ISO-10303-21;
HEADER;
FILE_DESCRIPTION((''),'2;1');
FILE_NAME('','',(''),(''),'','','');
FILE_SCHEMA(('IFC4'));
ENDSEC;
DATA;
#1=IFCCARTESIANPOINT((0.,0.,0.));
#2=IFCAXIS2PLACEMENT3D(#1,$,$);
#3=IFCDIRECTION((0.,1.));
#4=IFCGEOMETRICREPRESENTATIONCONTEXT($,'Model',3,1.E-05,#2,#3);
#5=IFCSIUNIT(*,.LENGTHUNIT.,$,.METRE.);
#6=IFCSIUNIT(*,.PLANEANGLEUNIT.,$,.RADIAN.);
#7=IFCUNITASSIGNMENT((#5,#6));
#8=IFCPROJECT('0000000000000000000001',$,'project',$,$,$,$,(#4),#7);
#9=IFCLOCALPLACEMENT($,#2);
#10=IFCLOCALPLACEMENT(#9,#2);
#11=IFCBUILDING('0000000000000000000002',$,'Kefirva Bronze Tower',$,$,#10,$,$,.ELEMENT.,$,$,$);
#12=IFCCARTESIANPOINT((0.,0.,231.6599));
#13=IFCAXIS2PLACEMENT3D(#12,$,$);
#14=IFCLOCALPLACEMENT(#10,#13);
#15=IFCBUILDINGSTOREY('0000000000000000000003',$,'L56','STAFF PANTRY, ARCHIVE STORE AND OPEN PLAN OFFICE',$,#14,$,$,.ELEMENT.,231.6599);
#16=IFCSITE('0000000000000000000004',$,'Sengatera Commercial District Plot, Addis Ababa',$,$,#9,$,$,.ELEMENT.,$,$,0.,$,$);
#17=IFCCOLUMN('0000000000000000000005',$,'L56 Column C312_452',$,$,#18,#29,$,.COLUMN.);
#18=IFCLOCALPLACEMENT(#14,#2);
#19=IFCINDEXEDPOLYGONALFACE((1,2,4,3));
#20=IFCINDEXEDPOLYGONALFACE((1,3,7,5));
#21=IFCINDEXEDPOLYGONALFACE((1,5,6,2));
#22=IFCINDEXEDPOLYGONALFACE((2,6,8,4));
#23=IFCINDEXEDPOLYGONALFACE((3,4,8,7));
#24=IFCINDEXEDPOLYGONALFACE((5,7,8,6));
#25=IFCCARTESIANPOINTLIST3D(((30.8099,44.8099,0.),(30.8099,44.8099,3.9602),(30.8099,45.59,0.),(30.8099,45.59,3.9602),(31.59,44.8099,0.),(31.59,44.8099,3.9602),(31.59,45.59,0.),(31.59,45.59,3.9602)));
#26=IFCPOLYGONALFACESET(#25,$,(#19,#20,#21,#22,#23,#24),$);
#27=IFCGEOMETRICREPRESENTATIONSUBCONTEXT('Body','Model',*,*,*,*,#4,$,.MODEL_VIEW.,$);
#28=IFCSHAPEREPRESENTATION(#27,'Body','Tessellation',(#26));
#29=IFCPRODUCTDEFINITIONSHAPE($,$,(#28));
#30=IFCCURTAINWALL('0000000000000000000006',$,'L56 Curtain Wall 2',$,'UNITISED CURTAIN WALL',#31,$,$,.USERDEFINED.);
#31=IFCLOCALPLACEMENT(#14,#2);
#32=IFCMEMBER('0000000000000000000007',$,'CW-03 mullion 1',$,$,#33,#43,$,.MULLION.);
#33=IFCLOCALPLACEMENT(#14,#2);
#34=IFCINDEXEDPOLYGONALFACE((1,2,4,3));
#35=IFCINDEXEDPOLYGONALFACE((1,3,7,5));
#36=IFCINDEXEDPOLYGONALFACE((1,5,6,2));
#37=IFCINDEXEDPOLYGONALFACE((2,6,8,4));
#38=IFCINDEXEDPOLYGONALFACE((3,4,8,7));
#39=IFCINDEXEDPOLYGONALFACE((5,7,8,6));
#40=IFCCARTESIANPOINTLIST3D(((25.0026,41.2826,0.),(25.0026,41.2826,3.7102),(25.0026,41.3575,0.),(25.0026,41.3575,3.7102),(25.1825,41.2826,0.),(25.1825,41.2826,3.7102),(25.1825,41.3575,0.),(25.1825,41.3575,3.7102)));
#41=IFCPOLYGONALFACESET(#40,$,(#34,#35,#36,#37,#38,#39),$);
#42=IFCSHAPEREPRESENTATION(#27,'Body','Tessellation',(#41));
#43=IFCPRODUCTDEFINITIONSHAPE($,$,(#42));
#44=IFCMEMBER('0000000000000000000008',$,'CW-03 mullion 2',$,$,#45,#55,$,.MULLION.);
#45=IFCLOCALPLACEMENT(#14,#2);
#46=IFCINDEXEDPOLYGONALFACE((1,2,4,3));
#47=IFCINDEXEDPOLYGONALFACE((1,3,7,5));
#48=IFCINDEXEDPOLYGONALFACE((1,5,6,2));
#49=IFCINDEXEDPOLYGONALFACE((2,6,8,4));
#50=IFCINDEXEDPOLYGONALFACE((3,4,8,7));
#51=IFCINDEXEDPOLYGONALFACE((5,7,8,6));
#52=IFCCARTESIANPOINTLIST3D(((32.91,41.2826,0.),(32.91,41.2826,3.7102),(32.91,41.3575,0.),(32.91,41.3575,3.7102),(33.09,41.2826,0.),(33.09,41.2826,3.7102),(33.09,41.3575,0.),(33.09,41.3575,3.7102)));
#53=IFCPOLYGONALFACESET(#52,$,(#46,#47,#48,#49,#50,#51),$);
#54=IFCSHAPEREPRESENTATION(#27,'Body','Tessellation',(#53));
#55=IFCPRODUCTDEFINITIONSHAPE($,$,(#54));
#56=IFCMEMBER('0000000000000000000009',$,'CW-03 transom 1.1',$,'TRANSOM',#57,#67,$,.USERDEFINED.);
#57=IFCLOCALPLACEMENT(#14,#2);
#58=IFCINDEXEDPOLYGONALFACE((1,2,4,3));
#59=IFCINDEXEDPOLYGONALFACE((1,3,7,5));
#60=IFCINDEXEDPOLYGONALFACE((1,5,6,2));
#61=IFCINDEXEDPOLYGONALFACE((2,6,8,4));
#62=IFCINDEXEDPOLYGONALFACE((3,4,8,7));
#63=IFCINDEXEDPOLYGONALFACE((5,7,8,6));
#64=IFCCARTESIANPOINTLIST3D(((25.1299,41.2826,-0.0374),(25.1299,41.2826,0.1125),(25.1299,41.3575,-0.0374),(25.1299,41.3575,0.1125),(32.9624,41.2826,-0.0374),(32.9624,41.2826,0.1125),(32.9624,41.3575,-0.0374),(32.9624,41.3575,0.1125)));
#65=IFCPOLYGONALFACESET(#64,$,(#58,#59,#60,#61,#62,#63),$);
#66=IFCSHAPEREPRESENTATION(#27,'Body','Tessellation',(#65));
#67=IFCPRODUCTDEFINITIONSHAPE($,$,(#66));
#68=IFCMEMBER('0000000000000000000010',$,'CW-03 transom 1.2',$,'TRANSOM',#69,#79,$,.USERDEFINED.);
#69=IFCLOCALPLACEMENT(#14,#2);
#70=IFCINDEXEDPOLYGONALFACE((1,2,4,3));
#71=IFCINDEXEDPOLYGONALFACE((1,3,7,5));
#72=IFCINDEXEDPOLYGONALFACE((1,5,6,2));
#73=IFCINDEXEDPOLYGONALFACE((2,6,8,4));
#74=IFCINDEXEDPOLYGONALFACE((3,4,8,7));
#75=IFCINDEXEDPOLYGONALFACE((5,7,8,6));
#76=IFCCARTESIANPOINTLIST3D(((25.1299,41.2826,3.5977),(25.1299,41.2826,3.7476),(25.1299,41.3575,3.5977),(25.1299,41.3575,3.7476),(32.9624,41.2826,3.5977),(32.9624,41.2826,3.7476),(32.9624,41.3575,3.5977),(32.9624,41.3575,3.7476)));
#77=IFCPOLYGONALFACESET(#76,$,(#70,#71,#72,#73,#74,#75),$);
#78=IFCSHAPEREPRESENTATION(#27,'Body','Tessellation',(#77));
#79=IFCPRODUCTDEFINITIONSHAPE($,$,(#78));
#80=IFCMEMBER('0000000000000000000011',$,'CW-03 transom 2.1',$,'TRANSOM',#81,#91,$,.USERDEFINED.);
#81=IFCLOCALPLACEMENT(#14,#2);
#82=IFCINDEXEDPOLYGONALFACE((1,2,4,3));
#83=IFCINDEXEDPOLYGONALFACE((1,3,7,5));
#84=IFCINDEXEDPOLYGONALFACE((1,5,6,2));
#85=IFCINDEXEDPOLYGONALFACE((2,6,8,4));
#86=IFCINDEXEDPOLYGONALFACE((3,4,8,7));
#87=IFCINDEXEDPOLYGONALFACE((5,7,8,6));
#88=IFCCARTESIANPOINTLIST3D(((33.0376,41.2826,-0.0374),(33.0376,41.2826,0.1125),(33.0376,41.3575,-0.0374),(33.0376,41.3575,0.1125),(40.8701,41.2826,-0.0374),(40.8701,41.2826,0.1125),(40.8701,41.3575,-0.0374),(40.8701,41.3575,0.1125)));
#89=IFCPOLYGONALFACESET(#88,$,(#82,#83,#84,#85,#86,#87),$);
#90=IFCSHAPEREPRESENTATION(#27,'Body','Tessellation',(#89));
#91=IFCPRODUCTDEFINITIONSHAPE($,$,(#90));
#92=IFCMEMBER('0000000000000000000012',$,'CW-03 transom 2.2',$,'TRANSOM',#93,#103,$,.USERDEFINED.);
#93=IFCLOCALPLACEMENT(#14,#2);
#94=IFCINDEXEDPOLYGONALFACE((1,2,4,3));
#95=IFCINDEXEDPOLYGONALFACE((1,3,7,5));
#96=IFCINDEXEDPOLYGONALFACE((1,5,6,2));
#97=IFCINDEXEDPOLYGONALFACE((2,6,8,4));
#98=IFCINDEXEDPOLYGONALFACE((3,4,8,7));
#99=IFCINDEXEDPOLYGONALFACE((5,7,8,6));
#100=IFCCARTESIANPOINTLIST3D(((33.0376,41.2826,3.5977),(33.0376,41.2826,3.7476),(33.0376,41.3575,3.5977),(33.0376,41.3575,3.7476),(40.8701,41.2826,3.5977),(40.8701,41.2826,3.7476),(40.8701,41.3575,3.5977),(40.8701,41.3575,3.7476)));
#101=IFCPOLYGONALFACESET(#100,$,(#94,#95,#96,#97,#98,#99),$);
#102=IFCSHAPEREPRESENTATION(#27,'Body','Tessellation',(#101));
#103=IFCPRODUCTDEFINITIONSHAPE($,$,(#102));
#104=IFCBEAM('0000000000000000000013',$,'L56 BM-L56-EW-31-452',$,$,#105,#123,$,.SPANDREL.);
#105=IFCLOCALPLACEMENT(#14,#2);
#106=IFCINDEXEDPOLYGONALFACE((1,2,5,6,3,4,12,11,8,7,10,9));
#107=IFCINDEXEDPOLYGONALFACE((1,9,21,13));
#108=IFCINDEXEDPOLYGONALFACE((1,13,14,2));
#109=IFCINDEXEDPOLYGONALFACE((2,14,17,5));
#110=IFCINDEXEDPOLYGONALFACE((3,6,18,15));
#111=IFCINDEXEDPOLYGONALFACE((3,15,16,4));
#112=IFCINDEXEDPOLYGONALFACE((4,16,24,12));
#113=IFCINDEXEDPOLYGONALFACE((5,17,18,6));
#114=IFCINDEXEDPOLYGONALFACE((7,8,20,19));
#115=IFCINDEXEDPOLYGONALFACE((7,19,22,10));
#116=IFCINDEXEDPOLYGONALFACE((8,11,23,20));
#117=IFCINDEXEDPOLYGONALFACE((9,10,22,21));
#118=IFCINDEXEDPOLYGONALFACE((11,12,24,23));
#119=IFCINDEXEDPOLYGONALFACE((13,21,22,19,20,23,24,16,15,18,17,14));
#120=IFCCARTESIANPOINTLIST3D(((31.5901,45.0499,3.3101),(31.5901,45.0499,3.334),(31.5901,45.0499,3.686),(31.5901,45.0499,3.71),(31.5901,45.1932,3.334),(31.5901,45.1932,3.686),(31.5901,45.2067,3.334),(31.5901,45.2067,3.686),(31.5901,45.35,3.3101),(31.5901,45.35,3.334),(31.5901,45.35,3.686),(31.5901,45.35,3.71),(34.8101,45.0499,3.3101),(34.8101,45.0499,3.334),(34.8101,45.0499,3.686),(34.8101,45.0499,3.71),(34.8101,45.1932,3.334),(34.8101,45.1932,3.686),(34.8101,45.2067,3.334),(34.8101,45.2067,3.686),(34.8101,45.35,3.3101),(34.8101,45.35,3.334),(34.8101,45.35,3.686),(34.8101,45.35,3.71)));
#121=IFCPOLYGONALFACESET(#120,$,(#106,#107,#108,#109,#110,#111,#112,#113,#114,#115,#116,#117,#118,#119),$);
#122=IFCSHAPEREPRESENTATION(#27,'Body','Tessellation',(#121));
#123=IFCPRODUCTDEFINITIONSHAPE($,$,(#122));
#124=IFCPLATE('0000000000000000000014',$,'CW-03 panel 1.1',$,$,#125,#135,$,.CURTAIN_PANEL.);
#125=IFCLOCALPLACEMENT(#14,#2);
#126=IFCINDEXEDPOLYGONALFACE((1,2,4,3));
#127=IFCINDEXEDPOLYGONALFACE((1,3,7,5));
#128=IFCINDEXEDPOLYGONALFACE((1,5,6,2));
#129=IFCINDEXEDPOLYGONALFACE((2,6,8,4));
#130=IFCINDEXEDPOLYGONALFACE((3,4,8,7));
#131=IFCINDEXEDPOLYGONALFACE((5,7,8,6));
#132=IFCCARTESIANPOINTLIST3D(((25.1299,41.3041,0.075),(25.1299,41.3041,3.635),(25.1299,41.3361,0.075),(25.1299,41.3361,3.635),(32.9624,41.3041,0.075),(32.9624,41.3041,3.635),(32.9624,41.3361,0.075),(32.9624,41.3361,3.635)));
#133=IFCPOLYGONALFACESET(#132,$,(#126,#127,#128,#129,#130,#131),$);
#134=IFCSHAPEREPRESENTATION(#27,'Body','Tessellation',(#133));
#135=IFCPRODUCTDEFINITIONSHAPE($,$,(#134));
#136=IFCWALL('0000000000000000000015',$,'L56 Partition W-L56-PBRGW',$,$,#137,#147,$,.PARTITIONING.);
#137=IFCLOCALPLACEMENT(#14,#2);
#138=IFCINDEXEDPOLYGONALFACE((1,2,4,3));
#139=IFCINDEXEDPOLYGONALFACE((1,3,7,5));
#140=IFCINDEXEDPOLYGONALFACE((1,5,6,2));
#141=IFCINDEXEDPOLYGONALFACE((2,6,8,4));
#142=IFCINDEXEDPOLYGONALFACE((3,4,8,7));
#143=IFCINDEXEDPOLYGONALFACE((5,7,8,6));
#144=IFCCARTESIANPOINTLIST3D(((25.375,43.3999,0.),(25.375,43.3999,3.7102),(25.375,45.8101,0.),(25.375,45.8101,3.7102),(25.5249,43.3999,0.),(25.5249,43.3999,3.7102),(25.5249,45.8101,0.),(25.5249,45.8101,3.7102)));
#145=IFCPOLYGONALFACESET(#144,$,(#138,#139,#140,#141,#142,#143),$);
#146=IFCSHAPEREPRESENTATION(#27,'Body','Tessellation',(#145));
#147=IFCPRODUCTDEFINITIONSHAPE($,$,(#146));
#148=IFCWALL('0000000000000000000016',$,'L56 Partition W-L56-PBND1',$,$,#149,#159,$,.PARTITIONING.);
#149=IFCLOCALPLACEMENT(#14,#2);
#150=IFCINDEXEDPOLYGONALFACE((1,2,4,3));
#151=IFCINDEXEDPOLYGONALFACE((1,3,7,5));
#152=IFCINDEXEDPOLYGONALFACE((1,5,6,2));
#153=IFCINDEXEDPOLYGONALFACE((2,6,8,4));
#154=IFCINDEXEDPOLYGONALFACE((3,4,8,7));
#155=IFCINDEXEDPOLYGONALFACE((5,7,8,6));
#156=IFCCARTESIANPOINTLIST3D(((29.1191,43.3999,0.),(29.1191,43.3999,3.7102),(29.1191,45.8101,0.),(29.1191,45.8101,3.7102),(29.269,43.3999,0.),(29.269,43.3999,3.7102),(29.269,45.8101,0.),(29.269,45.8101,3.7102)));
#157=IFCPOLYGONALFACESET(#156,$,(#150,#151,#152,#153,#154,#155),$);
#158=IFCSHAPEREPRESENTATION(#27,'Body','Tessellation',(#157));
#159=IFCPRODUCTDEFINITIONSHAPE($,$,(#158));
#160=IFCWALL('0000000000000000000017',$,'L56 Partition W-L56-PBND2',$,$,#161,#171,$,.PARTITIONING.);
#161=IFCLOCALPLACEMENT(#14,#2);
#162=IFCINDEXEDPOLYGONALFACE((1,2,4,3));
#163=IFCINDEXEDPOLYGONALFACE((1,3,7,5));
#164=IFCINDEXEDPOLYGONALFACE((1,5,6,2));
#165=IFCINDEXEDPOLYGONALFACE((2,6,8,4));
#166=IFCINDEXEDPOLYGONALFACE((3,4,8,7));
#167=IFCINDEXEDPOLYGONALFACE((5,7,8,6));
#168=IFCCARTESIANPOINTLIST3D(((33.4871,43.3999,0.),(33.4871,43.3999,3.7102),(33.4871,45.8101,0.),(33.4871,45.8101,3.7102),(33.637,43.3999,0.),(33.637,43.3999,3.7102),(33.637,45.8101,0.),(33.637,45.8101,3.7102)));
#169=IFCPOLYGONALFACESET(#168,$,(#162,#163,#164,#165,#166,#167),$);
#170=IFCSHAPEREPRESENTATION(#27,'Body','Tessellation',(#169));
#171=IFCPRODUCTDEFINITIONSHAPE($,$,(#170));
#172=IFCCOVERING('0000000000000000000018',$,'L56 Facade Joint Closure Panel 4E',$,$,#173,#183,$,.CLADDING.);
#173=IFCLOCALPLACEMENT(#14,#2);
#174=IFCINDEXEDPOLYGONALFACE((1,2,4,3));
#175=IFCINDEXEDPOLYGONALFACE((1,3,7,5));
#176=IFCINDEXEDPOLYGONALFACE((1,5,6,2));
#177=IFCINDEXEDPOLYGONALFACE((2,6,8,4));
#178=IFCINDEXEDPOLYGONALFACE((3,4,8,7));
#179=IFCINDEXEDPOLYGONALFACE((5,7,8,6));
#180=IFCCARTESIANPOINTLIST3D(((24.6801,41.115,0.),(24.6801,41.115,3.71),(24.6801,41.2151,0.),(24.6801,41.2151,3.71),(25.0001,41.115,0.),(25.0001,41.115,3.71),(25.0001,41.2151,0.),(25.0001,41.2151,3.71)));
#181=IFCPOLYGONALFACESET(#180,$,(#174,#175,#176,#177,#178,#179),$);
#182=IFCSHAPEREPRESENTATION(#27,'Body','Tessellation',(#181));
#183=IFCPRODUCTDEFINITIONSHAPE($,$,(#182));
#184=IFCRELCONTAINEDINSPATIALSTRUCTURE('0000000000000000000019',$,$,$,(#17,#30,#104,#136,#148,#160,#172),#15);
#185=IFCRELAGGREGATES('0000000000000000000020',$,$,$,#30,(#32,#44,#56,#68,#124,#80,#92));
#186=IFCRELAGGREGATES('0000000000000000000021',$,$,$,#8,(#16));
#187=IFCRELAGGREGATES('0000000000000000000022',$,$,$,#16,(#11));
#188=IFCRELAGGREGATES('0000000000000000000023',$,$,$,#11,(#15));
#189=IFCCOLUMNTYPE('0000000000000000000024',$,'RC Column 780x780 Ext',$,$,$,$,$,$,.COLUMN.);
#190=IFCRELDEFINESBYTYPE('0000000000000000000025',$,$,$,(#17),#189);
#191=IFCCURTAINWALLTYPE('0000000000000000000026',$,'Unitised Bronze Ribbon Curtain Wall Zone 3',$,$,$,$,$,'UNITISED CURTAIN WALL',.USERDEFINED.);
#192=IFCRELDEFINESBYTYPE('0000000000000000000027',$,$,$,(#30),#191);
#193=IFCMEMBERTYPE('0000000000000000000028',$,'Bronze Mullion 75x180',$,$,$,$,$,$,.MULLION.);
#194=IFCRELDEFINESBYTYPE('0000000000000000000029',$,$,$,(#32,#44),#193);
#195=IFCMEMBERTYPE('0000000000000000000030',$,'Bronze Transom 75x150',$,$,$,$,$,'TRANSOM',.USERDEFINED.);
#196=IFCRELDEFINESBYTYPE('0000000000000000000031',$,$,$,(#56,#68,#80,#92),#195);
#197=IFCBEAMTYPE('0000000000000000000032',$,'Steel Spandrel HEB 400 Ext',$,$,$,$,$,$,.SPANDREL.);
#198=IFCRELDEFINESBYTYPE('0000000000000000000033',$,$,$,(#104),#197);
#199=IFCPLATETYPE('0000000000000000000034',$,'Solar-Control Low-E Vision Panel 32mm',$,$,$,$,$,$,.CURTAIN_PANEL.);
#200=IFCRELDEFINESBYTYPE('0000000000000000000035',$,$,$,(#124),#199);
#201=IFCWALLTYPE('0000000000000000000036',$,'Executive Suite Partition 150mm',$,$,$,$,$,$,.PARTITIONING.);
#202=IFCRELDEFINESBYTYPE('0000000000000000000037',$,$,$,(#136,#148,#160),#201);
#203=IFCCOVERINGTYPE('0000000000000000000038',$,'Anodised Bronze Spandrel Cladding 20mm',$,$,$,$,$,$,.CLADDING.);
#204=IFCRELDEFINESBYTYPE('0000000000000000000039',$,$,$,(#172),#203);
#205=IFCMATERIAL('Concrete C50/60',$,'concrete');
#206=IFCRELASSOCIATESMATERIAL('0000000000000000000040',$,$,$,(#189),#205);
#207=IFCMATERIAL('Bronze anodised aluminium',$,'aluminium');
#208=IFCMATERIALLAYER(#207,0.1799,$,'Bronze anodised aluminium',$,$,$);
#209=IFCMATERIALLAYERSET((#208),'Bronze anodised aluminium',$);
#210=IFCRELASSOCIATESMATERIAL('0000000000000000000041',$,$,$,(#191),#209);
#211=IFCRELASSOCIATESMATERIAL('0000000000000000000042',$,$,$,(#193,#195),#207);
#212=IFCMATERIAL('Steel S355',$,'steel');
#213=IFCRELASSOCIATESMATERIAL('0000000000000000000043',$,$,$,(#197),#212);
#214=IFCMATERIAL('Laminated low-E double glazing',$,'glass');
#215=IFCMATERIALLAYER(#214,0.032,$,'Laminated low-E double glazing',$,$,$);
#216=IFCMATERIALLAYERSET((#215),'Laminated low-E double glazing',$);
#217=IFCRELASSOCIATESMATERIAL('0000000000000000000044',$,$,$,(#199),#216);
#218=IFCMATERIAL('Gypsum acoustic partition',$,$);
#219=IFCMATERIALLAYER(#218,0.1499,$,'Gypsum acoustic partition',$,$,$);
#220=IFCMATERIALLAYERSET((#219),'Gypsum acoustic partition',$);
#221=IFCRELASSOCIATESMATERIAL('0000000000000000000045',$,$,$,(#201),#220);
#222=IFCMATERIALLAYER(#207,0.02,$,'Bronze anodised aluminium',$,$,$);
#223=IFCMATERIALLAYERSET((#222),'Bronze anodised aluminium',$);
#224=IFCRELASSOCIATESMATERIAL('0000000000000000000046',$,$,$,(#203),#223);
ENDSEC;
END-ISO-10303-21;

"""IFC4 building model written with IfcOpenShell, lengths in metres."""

from ifc_helpers import new_model, si_unit, direction, frame, frame_2d, origin, origin_2d, place, context, subcontext, project, spatial, rectangle, i_section, extrude, material, layer, layer_set, material_profile, profile_set, type_object, element, aggregate, save


model = new_model("IFC4")

# Units and contexts
model_context = context("Model", 3, precision=1e-05, world=origin(), true_north=direction((0.0, 1.0)))
body_context = subcontext(model_context, "Body", "Model", "MODEL_VIEW")
ifc_project = project(units=[si_unit("LENGTHUNIT", "METRE"), si_unit("PLANEANGLEUNIT", "RADIAN")], contexts=[model_context])

# Site, building, storey
site_placement = place(None, origin())
site = spatial("IfcSite", under=ifc_project, at=site_placement, Name="Sengatera Commercial District Plot, Addis Ababa", CompositionType="ELEMENT", RefElevation=0.0)
building_placement = place(site_placement, origin())
building = spatial("IfcBuilding", under=site, at=building_placement, Name="Kefirva Bronze Tower", CompositionType="ELEMENT")
storey_placement = place(building_placement, frame((0.0, 0.0, 231.6599)))
storey = spatial("IfcBuildingStorey", under=building, at=storey_placement, Name="L56", Description="STAFF PANTRY, ARCHIVE STORE AND OPEN PLAN OFFICE", CompositionType="ELEMENT", Elevation=231.6599)

# Column
ifc_material_1 = material(Name="Concrete C50/60", Category="concrete")
ifc_material_profile_1 = material_profile(ifc_material_1, rectangle(XDim=0.78, YDim=0.78, at=origin_2d()), Name="RC 780x780")
ifc_profile_set_1 = profile_set([ifc_material_profile_1], Name="Concrete C50/60")
column_type = type_object("IfcColumnType", Name="RC Column 780x780 Ext", PredefinedType="COLUMN", material=ifc_profile_set_1)
column_placement = place(storey_placement, frame((31.2, 45.2, 0.0), z_axis=(0.0, 0.0, 1.0), x_axis=(1.0, 0.0, 0.0)))
element("IfcColumn", 1, at=column_placement, inside=storey, type_object=column_type, Name="L56 Column C312_452", PredefinedType="COLUMN", context=body_context, shape_type="SweptSolid", body=[
    extrude(rectangle(XDim=0.78, YDim=0.78, at=origin_2d()), origin(), (0.0, 0.0, 1.0), 3.9602),
])

# Curtain wall, members
ifc_material_2 = material(Name="Bronze anodised aluminium", Category="aluminium")
ifc_layer_1 = layer(ifc_material_2, 0.1799, Name="Bronze anodised aluminium")
ifc_layer_set_1 = layer_set([ifc_layer_1], Name="Bronze anodised aluminium")
curtain_wall_type = type_object("IfcCurtainWallType", Name="Unitised Bronze Ribbon Curtain Wall Zone 3", ElementType="UNITISED CURTAIN WALL", PredefinedType="USERDEFINED", material=ifc_layer_set_1)
curtain_wall_placement = place(storey_placement, origin())
curtain_wall = element("IfcCurtainWall", 2, at=curtain_wall_placement, inside=storey, type_object=curtain_wall_type, Name="L56 Curtain Wall 2", ObjectType="UNITISED CURTAIN WALL", PredefinedType="USERDEFINED")
ifc_material_profile_2 = material_profile(ifc_material_2, rectangle(XDim=0.075, YDim=0.1799, at=origin_2d()), Name="ALU 75x180")
ifc_profile_set_2 = profile_set([ifc_material_profile_2], Name="Bronze anodised aluminium")
member_type_1 = type_object("IfcMemberType", Name="Bronze Mullion 75x180", PredefinedType="MULLION", material=ifc_profile_set_2)
member_1_placement = place(storey_placement, frame((25.0925, 41.3201, 0.0), z_axis=(0.0, 0.0, 1.0), x_axis=(0.0, 1.0, 0.0)))
member_1 = element("IfcMember", 3, at=member_1_placement, type_object=member_type_1, Name="CW-03 mullion 1", PredefinedType="MULLION", context=body_context, shape_type="SweptSolid", body=[
    extrude(rectangle(XDim=0.075, YDim=0.1799, at=origin_2d()), origin(), (0.0, 0.0, 1.0), 3.7102),
])
member_2_placement = place(storey_placement, frame((33.0, 41.3201, 0.0), z_axis=(0.0, 0.0, 1.0), x_axis=(0.0, 1.0, 0.0)))
member_2 = element("IfcMember", 4, at=member_2_placement, type_object=member_type_1, Name="CW-03 mullion 2", PredefinedType="MULLION", context=body_context, shape_type="SweptSolid", body=[
    extrude(rectangle(XDim=0.075, YDim=0.1799, at=origin_2d()), origin(), (0.0, 0.0, 1.0), 3.7102),
])
ifc_material_profile_3 = material_profile(ifc_material_2, rectangle(XDim=0.075, YDim=0.1499, at=origin_2d()), Name="ALU 75x150")
ifc_profile_set_3 = profile_set([ifc_material_profile_3], Name="Bronze anodised aluminium")
member_type_2 = type_object("IfcMemberType", Name="Bronze Transom 75x150", ElementType="TRANSOM", PredefinedType="USERDEFINED", material=ifc_profile_set_3)
member_3_placement = place(storey_placement, frame((25.1299, 41.3201, 0.0376), z_axis=(1.0, 0.0, 0.0), x_axis=(0.0, 1.0, 0.0)))
member_3 = element("IfcMember", 5, at=member_3_placement, type_object=member_type_2, Name="CW-03 transom 1.1", ObjectType="TRANSOM", PredefinedType="USERDEFINED", context=body_context, shape_type="SweptSolid", body=[
    extrude(rectangle(XDim=0.075, YDim=0.1499, at=origin_2d()), origin(), (0.0, 0.0, 1.0), 7.8325),
])
member_4_placement = place(storey_placement, frame((25.1299, 41.3201, 3.6726), z_axis=(1.0, 0.0, 0.0), x_axis=(0.0, 1.0, 0.0)))
member_4 = element("IfcMember", 6, at=member_4_placement, type_object=member_type_2, Name="CW-03 transom 1.2", ObjectType="TRANSOM", PredefinedType="USERDEFINED", context=body_context, shape_type="SweptSolid", body=[
    extrude(rectangle(XDim=0.075, YDim=0.1499, at=origin_2d()), origin(), (0.0, 0.0, 1.0), 7.8325),
])
member_5_placement = place(storey_placement, frame((33.0376, 41.3201, 0.0376), z_axis=(1.0, 0.0, 0.0), x_axis=(0.0, 1.0, 0.0)))
member_5 = element("IfcMember", 7, at=member_5_placement, type_object=member_type_2, Name="CW-03 transom 2.1", ObjectType="TRANSOM", PredefinedType="USERDEFINED", context=body_context, shape_type="SweptSolid", body=[
    extrude(rectangle(XDim=0.075, YDim=0.1499, at=origin_2d()), origin(), (0.0, 0.0, 1.0), 7.8325),
])
member_6_placement = place(storey_placement, frame((33.0376, 41.3201, 3.6726), z_axis=(1.0, 0.0, 0.0), x_axis=(0.0, 1.0, 0.0)))
member_6 = element("IfcMember", 8, at=member_6_placement, type_object=member_type_2, Name="CW-03 transom 2.2", ObjectType="TRANSOM", PredefinedType="USERDEFINED", context=body_context, shape_type="SweptSolid", body=[
    extrude(rectangle(XDim=0.075, YDim=0.1499, at=origin_2d()), origin(), (0.0, 0.0, 1.0), 7.8325),
])

# Beam
ifc_material_3 = material(Name="Steel S355", Category="steel")
ifc_material_profile_4 = material_profile(ifc_material_3, i_section(OverallWidth=0.3, OverallDepth=0.3999, WebThickness=0.0134, FlangeThickness=0.0239, at=origin_2d()), Name="HEB 400")
ifc_profile_set_4 = profile_set([ifc_material_profile_4], Name="Steel S355")
beam_type = type_object("IfcBeamType", Name="Steel Spandrel HEB 400 Ext", PredefinedType="SPANDREL", material=ifc_profile_set_4)
beam_placement = place(storey_placement, frame((31.5901, 45.2, 3.51), z_axis=(1.0, 0.0, 0.0), x_axis=(0.0, 1.0, 0.0)))
element("IfcBeam", 9, at=beam_placement, inside=storey, type_object=beam_type, Name="L56 BM-L56-EW-31-452", PredefinedType="SPANDREL", context=body_context, shape_type="SweptSolid", body=[
    extrude(i_section(OverallWidth=0.3, OverallDepth=0.3999, WebThickness=0.0134, FlangeThickness=0.0239, at=origin_2d()), origin(), (0.0, 0.0, 1.0), 3.22),
])

# Plate
ifc_material_4 = material(Name="Laminated low-E double glazing", Category="glass")
ifc_layer_2 = layer(ifc_material_4, 0.032, Name="Laminated low-E double glazing")
ifc_layer_set_2 = layer_set([ifc_layer_2], Name="Laminated low-E double glazing")
plate_type = type_object("IfcPlateType", Name="Solar-Control Low-E Vision Panel 32mm", PredefinedType="CURTAIN_PANEL", material=ifc_layer_set_2)
plate_placement = place(storey_placement, frame((29.0461, 41.3201, 0.075), z_axis=(0.0, 0.0, 1.0), x_axis=(1.0, 0.0, 0.0)))
plate = element("IfcPlate", 10, at=plate_placement, type_object=plate_type, Name="CW-03 panel 1.1", PredefinedType="CURTAIN_PANEL", context=body_context, shape_type="SweptSolid", body=[
    extrude(rectangle(XDim=7.8325, YDim=0.032, at=origin_2d()), origin(), (0.0, 0.0, 1.0), 3.5601),
])
aggregate(curtain_wall, [member_1, member_2, member_3, member_4, plate, member_5, member_6])

# Shared definitions
ifc_material_5 = material(Name="Gypsum acoustic partition")
ifc_layer_3 = layer(ifc_material_5, 0.1499, Name="Gypsum acoustic partition")
ifc_layer_set_3 = layer_set([ifc_layer_3], Name="Gypsum acoustic partition")
wall_type = type_object("IfcWallType", Name="Executive Suite Partition 150mm", PredefinedType="PARTITIONING", material=ifc_layer_set_3)

# Walls
for number, where, z_axis, x_axis, name in (
    (11, (25.45, 43.3999, 0.0), (0.0, 0.0, 1.0), (0.0, 1.0, 0.0), "L56 Partition W-L56-PBRGW"),
    (12, (29.1941, 43.3999, 0.0), (0.0, 0.0, 1.0), (0.0, 1.0, 0.0), "L56 Partition W-L56-PBND1"),
    (13, (33.562, 43.3999, 0.0), (0.0, 0.0, 1.0), (0.0, 1.0, 0.0), "L56 Partition W-L56-PBND2"),
):
    element("IfcWall", number, at=place(storey_placement, frame(where, z_axis=z_axis, x_axis=x_axis)), inside=storey, type_object=wall_type, Name=name, PredefinedType="PARTITIONING", context=body_context, shape_type="SweptSolid", body=[
        extrude(rectangle(XDim=2.4102, YDim=0.1499, at=frame_2d((1.2051, 0.0))), origin(), (0.0, 0.0, 1.0), 3.7102),
    ])

# Covering
ifc_layer_4 = layer(ifc_material_2, 0.02, Name="Bronze anodised aluminium")
ifc_layer_set_4 = layer_set([ifc_layer_4], Name="Bronze anodised aluminium")
covering_type_1 = type_object("IfcCoveringType", Name="Anodised Bronze Spandrel Cladding 20mm", PredefinedType="CLADDING", material=ifc_layer_set_4)
covering_1_placement = place(storey_placement, frame((24.8401, 41.165, 0.0), z_axis=(0.0, 0.0, 1.0), x_axis=(0.0, 1.0, 0.0)))
element("IfcCovering", 14, at=covering_1_placement, inside=storey, type_object=covering_type_1, Name="L56 Facade Joint Closure Panel 4E", PredefinedType="CLADDING", context=body_context, shape_type="SweptSolid", body=[
    extrude(rectangle(XDim=0.1001, YDim=0.3201, at=origin_2d()), origin(), (0.0, 0.0, 1.0), 3.71),
])

save(model, "model.ifc")
